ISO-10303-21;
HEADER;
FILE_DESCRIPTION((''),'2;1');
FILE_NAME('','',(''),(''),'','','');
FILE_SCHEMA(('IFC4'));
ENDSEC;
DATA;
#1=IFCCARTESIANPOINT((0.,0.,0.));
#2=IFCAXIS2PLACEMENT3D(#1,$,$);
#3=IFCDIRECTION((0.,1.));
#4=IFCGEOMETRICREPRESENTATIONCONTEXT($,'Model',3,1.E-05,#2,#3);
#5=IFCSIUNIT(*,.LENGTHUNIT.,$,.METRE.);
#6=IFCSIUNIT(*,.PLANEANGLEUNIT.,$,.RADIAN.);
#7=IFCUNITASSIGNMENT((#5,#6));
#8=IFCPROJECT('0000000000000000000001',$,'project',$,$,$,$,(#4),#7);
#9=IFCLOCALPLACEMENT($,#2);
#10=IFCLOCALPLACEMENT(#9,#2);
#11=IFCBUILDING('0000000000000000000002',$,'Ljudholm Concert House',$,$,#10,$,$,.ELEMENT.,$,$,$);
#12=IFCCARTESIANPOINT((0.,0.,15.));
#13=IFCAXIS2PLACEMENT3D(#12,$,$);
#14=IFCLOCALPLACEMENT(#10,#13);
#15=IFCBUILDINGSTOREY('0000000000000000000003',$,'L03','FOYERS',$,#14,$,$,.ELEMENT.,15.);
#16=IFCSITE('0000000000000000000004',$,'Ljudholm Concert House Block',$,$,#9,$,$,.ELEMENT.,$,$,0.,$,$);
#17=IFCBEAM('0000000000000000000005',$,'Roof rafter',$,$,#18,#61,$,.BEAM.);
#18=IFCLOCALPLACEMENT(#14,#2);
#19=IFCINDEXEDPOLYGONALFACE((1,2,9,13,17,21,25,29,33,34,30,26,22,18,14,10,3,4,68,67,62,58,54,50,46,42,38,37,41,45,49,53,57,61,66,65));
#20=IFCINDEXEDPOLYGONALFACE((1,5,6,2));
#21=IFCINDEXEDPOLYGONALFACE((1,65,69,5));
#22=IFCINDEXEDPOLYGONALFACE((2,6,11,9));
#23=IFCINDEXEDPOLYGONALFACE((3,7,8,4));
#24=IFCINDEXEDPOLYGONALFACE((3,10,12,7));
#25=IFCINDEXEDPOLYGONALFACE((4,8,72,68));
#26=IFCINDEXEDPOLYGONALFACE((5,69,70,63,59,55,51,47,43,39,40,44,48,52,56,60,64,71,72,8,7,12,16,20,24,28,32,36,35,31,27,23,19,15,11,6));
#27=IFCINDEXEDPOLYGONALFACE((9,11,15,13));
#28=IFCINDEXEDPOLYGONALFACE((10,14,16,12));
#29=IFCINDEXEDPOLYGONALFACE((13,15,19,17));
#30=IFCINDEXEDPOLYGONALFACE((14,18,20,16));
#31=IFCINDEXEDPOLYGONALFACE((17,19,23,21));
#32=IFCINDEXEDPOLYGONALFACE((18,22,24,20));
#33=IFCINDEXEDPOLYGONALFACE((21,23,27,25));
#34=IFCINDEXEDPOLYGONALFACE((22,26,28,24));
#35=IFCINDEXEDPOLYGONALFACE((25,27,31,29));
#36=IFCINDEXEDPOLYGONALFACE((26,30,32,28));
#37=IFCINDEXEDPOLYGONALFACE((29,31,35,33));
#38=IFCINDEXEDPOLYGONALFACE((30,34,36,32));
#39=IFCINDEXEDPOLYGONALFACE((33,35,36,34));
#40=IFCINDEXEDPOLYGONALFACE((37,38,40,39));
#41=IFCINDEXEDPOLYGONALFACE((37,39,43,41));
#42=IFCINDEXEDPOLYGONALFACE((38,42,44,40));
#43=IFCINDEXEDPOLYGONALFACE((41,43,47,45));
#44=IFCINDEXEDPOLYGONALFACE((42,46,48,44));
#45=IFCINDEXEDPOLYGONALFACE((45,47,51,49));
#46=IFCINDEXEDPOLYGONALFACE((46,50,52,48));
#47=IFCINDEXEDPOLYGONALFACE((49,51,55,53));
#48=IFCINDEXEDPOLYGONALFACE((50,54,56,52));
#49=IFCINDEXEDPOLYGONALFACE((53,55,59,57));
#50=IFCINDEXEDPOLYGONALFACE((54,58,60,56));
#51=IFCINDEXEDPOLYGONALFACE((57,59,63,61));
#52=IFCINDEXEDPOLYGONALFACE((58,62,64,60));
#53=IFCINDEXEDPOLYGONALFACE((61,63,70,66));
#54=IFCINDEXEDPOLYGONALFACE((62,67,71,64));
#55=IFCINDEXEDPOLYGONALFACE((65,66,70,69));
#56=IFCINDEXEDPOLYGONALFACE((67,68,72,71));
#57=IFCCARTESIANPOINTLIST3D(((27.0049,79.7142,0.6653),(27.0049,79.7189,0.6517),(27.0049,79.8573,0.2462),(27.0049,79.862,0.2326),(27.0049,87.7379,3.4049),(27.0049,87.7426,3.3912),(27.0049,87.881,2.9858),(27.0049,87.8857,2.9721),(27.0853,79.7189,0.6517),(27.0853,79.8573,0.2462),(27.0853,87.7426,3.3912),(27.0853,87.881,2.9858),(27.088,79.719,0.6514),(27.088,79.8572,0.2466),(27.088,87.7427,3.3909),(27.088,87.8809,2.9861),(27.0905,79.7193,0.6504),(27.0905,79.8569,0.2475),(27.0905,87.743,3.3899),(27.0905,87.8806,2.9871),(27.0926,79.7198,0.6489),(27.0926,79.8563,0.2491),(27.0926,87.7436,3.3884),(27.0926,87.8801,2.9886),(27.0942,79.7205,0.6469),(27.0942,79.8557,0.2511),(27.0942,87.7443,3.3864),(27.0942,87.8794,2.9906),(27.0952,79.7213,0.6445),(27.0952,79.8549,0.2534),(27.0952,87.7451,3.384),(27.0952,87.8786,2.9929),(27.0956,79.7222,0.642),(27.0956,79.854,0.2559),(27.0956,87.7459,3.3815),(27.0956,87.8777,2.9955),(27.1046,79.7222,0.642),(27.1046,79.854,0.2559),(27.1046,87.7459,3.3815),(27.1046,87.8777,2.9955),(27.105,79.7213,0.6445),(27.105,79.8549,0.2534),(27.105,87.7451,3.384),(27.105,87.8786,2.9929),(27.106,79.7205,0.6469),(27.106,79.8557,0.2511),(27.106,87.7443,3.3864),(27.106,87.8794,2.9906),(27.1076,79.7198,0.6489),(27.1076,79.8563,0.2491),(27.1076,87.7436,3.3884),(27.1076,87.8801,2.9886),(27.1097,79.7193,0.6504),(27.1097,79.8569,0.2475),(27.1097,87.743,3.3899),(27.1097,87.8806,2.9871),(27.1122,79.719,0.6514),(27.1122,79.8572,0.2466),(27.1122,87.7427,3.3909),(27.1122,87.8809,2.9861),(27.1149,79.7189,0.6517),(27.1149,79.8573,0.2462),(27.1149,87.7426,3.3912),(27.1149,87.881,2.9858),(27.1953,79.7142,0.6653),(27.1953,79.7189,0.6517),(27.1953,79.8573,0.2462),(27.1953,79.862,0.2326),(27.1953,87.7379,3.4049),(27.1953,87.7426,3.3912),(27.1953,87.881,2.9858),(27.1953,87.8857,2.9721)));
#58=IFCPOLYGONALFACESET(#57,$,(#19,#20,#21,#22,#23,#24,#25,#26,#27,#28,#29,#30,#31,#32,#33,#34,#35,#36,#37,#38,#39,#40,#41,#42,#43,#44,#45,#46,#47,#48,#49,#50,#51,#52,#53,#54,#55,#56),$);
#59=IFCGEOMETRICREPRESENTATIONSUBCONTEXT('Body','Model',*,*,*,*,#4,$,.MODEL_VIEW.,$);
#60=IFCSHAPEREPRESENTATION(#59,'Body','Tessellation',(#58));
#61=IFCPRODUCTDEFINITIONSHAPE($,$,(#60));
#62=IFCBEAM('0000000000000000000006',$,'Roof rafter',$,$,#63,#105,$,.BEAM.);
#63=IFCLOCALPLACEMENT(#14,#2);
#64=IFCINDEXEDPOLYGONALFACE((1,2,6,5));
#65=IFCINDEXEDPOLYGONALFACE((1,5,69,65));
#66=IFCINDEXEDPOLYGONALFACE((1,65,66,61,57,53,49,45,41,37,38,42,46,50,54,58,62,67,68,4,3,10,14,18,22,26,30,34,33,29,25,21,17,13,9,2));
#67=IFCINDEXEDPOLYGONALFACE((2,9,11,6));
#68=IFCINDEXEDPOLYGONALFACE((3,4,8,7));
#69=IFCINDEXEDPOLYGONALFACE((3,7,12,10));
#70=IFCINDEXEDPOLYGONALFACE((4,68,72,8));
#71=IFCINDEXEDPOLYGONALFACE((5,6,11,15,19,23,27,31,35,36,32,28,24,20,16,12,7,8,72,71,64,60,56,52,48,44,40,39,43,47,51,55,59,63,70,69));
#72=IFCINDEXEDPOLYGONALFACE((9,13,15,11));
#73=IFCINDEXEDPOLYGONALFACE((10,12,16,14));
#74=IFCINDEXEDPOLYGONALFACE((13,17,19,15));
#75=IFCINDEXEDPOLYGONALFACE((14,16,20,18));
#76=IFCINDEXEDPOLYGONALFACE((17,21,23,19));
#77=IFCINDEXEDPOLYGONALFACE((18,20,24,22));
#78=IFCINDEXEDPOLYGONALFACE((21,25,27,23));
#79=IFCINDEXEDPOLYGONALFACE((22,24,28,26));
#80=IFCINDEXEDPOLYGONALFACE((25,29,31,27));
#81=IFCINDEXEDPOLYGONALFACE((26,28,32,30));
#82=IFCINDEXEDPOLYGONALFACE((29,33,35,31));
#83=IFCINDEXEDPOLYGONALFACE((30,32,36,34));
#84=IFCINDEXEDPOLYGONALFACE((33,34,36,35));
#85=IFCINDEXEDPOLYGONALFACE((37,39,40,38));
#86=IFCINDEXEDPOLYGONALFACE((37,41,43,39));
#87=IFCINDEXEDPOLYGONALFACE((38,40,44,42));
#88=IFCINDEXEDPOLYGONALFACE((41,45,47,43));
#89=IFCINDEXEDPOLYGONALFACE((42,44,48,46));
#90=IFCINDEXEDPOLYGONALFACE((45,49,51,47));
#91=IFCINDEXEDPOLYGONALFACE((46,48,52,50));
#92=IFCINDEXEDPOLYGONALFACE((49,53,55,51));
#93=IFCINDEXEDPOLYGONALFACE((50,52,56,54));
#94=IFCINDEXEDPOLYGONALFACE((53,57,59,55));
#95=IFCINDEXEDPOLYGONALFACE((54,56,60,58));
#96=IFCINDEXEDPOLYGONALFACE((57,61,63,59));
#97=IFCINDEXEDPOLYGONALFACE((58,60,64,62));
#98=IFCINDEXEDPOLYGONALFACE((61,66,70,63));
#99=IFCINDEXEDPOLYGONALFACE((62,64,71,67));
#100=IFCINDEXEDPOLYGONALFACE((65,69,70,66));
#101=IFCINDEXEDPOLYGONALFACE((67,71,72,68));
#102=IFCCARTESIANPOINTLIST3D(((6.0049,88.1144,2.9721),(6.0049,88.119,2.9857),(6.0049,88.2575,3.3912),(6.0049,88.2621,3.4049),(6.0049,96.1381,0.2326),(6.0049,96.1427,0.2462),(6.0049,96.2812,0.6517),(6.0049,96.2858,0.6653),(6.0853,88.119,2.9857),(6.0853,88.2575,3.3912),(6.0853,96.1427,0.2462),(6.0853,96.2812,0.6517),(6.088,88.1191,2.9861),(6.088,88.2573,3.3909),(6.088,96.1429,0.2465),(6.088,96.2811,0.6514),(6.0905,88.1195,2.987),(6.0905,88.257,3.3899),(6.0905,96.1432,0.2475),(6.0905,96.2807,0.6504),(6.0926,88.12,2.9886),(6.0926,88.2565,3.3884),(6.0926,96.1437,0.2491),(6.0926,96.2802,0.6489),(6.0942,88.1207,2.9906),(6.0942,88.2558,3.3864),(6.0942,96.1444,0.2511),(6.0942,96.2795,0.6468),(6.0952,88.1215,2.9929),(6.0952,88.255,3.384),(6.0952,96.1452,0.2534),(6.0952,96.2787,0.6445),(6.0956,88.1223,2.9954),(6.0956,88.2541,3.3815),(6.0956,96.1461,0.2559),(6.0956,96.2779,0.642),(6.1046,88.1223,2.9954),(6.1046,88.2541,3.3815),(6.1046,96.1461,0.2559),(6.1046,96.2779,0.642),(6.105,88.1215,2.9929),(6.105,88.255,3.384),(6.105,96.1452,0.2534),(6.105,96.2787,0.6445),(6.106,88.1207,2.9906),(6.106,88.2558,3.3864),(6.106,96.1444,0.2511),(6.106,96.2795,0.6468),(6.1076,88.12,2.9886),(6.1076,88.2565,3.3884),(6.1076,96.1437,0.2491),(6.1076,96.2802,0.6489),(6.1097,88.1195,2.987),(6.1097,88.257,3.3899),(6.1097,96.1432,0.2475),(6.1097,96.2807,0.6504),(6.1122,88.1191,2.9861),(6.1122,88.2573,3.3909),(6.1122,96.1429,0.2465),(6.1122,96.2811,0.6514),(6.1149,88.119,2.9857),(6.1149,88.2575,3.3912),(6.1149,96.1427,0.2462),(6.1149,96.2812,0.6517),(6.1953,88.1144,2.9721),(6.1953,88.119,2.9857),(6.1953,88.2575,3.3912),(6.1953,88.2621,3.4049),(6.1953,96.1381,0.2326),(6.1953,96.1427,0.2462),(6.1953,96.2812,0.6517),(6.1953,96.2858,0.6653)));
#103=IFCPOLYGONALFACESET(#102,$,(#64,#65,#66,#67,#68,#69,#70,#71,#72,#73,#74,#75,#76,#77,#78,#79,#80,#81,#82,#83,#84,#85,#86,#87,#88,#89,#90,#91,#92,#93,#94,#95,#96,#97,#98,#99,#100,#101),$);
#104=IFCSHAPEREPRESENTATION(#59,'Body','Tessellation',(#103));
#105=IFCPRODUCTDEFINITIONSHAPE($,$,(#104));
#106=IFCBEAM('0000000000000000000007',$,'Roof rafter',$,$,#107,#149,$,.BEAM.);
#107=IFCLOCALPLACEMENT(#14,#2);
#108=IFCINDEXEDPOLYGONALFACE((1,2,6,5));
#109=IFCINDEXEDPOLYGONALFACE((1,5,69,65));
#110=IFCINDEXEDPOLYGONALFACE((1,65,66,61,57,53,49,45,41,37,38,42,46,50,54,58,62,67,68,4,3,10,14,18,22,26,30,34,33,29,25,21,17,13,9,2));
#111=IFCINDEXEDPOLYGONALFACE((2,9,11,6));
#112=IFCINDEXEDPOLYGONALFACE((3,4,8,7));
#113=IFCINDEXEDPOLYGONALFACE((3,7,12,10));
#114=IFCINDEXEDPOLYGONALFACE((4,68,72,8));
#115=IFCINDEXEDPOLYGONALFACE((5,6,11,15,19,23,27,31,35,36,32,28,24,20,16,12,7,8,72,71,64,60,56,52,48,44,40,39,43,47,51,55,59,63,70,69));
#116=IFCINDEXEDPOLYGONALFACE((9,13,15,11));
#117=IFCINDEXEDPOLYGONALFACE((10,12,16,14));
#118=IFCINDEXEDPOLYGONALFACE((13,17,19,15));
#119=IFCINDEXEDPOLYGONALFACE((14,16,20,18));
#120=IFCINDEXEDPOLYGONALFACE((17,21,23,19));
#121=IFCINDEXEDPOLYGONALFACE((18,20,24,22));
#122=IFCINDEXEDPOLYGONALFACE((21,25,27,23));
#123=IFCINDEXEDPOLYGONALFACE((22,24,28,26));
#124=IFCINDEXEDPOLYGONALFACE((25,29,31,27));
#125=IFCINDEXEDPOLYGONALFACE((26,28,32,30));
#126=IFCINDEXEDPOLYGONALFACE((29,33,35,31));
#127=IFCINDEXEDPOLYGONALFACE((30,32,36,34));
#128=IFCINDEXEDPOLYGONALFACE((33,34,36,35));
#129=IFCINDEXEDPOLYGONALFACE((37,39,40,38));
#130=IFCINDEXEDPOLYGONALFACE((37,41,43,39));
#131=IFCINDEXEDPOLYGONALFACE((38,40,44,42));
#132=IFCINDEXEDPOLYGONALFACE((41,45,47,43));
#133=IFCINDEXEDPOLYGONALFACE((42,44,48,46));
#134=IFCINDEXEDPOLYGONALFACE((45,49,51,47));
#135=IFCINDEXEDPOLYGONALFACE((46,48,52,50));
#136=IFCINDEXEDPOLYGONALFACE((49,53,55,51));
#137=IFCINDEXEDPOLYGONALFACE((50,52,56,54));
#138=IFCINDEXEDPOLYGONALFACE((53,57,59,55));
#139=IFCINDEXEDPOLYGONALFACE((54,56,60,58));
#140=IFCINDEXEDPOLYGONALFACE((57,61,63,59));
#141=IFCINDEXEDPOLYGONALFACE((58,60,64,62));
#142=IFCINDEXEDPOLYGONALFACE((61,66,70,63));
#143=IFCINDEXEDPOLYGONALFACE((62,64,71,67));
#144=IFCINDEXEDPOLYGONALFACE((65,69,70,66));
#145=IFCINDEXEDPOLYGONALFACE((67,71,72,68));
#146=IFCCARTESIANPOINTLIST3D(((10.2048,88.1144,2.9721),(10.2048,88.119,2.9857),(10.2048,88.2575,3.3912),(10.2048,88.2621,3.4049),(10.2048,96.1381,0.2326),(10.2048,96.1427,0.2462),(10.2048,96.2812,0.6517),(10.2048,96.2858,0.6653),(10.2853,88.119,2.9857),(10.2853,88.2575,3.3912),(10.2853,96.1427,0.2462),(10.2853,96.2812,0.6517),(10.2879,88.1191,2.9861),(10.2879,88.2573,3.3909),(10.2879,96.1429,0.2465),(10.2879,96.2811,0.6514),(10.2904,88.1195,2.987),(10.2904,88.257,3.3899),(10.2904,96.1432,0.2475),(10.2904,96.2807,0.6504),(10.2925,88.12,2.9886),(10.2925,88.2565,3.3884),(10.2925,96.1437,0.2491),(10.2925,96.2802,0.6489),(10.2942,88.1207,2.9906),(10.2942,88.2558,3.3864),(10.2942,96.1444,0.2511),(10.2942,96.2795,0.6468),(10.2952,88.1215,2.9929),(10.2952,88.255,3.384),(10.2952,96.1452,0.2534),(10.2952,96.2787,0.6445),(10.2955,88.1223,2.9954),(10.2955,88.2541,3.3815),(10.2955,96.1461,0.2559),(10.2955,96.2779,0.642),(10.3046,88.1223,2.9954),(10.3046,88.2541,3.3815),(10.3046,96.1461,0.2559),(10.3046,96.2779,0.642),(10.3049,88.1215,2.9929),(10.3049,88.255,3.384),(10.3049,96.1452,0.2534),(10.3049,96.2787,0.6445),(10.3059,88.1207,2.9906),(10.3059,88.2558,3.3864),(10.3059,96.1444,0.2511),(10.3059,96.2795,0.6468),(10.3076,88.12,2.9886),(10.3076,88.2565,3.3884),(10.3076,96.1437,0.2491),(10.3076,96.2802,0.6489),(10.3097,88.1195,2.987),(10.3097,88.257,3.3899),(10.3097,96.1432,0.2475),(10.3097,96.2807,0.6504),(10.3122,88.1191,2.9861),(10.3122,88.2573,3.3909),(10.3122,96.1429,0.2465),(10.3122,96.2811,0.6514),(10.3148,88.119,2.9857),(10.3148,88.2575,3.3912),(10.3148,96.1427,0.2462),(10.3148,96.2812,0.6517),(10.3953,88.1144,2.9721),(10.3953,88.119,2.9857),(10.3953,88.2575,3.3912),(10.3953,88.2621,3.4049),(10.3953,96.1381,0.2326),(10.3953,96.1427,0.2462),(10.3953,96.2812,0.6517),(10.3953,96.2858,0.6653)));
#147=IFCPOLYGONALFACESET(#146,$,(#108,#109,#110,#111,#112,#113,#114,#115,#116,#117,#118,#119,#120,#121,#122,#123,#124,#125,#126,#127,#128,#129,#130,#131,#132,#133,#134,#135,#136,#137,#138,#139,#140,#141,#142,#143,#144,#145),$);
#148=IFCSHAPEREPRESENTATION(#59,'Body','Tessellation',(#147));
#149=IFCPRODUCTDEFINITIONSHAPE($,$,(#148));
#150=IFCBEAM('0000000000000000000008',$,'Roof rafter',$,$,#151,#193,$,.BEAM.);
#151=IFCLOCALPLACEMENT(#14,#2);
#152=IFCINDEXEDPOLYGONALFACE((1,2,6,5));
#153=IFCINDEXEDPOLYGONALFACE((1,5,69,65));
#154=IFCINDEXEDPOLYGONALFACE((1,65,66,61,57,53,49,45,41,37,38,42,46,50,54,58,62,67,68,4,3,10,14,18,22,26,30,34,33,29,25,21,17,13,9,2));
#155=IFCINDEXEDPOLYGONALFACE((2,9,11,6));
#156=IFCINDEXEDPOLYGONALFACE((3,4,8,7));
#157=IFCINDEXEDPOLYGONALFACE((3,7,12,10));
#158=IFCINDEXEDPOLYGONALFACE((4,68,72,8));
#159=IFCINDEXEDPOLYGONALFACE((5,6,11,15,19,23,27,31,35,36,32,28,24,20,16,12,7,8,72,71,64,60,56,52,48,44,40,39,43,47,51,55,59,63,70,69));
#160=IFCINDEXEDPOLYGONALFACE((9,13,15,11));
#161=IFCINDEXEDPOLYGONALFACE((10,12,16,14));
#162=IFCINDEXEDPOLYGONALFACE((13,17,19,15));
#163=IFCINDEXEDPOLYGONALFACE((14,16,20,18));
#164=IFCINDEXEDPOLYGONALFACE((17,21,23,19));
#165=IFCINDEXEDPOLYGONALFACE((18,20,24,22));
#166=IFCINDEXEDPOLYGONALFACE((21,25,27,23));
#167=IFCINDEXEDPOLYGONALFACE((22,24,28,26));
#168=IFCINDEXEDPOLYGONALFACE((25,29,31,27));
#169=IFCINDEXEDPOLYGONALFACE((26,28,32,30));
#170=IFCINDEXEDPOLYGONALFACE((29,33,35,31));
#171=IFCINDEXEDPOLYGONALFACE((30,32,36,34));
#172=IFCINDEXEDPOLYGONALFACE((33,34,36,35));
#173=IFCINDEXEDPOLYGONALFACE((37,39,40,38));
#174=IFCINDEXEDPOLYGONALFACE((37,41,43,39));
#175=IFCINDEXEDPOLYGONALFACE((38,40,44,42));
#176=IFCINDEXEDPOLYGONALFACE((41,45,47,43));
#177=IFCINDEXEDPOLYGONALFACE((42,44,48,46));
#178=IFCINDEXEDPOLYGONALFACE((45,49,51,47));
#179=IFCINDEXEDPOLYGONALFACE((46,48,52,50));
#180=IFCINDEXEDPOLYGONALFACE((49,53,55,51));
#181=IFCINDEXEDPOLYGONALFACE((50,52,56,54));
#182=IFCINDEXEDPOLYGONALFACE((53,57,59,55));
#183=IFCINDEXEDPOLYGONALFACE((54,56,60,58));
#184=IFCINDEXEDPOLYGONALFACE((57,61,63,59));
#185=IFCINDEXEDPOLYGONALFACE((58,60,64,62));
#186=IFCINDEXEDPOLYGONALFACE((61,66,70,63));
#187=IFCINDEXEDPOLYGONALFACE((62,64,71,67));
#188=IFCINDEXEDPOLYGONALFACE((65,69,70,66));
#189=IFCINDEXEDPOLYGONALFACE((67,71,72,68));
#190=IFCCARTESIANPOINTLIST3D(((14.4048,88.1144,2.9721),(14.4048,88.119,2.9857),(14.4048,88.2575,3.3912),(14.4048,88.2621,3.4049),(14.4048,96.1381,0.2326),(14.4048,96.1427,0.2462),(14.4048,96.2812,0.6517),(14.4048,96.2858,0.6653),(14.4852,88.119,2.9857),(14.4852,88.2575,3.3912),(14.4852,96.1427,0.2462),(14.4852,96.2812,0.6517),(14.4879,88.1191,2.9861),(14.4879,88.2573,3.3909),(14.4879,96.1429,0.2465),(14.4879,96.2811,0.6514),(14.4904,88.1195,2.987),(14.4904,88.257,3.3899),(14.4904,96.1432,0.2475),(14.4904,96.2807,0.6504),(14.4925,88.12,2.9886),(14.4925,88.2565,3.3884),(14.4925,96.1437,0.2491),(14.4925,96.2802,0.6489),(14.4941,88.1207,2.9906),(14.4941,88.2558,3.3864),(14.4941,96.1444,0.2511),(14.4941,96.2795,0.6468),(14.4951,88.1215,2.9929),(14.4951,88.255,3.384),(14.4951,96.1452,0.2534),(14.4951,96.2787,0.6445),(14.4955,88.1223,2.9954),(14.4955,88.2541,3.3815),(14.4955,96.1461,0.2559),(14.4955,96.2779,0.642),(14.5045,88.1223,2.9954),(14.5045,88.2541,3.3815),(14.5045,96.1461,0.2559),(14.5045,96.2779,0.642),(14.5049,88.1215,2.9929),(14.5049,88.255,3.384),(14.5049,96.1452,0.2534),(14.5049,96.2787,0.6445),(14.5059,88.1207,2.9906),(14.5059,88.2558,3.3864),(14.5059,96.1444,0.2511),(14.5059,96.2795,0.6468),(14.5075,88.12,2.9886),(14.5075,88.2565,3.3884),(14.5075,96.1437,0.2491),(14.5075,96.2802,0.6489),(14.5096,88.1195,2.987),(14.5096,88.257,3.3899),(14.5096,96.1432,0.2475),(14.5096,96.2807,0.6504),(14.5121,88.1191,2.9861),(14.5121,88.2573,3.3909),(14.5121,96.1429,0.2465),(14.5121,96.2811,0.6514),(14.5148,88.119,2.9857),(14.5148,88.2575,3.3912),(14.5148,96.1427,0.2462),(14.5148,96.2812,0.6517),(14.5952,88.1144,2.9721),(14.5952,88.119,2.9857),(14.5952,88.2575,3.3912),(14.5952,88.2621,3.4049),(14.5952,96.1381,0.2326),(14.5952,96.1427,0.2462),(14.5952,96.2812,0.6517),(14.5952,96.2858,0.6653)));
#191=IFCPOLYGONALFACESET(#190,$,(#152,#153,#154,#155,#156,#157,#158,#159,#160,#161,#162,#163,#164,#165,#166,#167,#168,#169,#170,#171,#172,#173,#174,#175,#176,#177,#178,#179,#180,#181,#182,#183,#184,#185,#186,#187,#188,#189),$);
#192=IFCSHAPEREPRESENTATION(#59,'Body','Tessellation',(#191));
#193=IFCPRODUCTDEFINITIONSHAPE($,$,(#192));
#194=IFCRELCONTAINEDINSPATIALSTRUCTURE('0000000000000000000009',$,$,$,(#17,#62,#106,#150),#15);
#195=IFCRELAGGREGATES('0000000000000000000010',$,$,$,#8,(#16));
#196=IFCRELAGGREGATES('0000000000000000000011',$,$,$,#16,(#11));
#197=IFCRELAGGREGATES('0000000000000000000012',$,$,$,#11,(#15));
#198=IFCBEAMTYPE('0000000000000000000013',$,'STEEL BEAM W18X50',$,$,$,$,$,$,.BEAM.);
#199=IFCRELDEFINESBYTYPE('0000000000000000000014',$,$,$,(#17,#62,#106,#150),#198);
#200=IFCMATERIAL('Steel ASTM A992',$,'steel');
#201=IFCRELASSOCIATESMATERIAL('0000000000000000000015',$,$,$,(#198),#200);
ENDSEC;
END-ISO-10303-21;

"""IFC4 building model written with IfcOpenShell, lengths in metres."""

from ifc_helpers import new_model, si_unit, direction, frame, origin, origin_2d, place, context, subcontext, project, spatial, i_section, extrude, material, material_profile, profile_set, type_object, element, save


model = new_model("IFC4")

# Units and contexts
model_context = context("Model", 3, precision=1e-05, world=origin(), true_north=direction((0.0, 1.0)))
body_context = subcontext(model_context, "Body", "Model", "MODEL_VIEW")
ifc_project = project(units=[si_unit("LENGTHUNIT", "METRE"), si_unit("PLANEANGLEUNIT", "RADIAN")], contexts=[model_context])

# Site, building, storey
site_placement = place(None, origin())
site = spatial("IfcSite", under=ifc_project, at=site_placement, Name="Ljudholm Concert House Block", CompositionType="ELEMENT", RefElevation=0.0)
building_placement = place(site_placement, origin())
building = spatial("IfcBuilding", under=site, at=building_placement, Name="Ljudholm Concert House", CompositionType="ELEMENT")
storey_placement = place(building_placement, frame((0.0, 0.0, 15.0)))
storey = spatial("IfcBuildingStorey", under=building, at=storey_placement, Name="L03", Description="FOYERS", CompositionType="ELEMENT", Elevation=15.0)

# Beams
ifc_material_1 = material(Name="Steel ASTM A992", Category="steel")
ifc_material_profile_1 = material_profile(ifc_material_1, i_section(OverallWidth=0.1904, OverallDepth=0.4573, WebThickness=0.009, FlangeThickness=0.0144, FilletRadius=0.0103, at=origin_2d()), Name="W18X50")
ifc_profile_set_1 = profile_set([ifc_material_profile_1], Name="Steel ASTM A992")
beam_type_1 = type_object("IfcBeamType", Name="STEEL BEAM W18X50", PredefinedType="BEAM", material=ifc_profile_set_1)
for number, where, z_axis, x_axis, name in (
    (1, (27.1001, 79.7881, 0.449), (0.0, 0.94636, 0.323113), (-1.0, 0.0, 0.0), "Roof rafter"),
    (2, (6.1001, 88.1882, 3.1885), (0.0, 0.94636, -0.323113), (-1.0, 0.0, 0.0), "Roof rafter"),
    (3, (10.3, 88.1882, 3.1885), (0.0, 0.94636, -0.323113), (-1.0, 0.0, 0.0), "Roof rafter"),
    (4, (14.5, 88.1882, 3.1885), (0.0, 0.94636, -0.323113), (-1.0, 0.0, 0.0), "Roof rafter"),
):
    element("IfcBeam", number, at=place(storey_placement, frame(where, z_axis=z_axis, x_axis=x_axis)), inside=storey, type_object=beam_type_1, Name=name, PredefinedType="BEAM", context=body_context, shape_type="SweptSolid", body=[
        extrude(i_section(OverallWidth=0.1904, OverallDepth=0.4573, WebThickness=0.009, FlangeThickness=0.0144, FilletRadius=0.0103, at=origin_2d()), origin(), (0.0, 0.0, 1.0), 8.4785),
    ])

save(model, "model.ifc")
